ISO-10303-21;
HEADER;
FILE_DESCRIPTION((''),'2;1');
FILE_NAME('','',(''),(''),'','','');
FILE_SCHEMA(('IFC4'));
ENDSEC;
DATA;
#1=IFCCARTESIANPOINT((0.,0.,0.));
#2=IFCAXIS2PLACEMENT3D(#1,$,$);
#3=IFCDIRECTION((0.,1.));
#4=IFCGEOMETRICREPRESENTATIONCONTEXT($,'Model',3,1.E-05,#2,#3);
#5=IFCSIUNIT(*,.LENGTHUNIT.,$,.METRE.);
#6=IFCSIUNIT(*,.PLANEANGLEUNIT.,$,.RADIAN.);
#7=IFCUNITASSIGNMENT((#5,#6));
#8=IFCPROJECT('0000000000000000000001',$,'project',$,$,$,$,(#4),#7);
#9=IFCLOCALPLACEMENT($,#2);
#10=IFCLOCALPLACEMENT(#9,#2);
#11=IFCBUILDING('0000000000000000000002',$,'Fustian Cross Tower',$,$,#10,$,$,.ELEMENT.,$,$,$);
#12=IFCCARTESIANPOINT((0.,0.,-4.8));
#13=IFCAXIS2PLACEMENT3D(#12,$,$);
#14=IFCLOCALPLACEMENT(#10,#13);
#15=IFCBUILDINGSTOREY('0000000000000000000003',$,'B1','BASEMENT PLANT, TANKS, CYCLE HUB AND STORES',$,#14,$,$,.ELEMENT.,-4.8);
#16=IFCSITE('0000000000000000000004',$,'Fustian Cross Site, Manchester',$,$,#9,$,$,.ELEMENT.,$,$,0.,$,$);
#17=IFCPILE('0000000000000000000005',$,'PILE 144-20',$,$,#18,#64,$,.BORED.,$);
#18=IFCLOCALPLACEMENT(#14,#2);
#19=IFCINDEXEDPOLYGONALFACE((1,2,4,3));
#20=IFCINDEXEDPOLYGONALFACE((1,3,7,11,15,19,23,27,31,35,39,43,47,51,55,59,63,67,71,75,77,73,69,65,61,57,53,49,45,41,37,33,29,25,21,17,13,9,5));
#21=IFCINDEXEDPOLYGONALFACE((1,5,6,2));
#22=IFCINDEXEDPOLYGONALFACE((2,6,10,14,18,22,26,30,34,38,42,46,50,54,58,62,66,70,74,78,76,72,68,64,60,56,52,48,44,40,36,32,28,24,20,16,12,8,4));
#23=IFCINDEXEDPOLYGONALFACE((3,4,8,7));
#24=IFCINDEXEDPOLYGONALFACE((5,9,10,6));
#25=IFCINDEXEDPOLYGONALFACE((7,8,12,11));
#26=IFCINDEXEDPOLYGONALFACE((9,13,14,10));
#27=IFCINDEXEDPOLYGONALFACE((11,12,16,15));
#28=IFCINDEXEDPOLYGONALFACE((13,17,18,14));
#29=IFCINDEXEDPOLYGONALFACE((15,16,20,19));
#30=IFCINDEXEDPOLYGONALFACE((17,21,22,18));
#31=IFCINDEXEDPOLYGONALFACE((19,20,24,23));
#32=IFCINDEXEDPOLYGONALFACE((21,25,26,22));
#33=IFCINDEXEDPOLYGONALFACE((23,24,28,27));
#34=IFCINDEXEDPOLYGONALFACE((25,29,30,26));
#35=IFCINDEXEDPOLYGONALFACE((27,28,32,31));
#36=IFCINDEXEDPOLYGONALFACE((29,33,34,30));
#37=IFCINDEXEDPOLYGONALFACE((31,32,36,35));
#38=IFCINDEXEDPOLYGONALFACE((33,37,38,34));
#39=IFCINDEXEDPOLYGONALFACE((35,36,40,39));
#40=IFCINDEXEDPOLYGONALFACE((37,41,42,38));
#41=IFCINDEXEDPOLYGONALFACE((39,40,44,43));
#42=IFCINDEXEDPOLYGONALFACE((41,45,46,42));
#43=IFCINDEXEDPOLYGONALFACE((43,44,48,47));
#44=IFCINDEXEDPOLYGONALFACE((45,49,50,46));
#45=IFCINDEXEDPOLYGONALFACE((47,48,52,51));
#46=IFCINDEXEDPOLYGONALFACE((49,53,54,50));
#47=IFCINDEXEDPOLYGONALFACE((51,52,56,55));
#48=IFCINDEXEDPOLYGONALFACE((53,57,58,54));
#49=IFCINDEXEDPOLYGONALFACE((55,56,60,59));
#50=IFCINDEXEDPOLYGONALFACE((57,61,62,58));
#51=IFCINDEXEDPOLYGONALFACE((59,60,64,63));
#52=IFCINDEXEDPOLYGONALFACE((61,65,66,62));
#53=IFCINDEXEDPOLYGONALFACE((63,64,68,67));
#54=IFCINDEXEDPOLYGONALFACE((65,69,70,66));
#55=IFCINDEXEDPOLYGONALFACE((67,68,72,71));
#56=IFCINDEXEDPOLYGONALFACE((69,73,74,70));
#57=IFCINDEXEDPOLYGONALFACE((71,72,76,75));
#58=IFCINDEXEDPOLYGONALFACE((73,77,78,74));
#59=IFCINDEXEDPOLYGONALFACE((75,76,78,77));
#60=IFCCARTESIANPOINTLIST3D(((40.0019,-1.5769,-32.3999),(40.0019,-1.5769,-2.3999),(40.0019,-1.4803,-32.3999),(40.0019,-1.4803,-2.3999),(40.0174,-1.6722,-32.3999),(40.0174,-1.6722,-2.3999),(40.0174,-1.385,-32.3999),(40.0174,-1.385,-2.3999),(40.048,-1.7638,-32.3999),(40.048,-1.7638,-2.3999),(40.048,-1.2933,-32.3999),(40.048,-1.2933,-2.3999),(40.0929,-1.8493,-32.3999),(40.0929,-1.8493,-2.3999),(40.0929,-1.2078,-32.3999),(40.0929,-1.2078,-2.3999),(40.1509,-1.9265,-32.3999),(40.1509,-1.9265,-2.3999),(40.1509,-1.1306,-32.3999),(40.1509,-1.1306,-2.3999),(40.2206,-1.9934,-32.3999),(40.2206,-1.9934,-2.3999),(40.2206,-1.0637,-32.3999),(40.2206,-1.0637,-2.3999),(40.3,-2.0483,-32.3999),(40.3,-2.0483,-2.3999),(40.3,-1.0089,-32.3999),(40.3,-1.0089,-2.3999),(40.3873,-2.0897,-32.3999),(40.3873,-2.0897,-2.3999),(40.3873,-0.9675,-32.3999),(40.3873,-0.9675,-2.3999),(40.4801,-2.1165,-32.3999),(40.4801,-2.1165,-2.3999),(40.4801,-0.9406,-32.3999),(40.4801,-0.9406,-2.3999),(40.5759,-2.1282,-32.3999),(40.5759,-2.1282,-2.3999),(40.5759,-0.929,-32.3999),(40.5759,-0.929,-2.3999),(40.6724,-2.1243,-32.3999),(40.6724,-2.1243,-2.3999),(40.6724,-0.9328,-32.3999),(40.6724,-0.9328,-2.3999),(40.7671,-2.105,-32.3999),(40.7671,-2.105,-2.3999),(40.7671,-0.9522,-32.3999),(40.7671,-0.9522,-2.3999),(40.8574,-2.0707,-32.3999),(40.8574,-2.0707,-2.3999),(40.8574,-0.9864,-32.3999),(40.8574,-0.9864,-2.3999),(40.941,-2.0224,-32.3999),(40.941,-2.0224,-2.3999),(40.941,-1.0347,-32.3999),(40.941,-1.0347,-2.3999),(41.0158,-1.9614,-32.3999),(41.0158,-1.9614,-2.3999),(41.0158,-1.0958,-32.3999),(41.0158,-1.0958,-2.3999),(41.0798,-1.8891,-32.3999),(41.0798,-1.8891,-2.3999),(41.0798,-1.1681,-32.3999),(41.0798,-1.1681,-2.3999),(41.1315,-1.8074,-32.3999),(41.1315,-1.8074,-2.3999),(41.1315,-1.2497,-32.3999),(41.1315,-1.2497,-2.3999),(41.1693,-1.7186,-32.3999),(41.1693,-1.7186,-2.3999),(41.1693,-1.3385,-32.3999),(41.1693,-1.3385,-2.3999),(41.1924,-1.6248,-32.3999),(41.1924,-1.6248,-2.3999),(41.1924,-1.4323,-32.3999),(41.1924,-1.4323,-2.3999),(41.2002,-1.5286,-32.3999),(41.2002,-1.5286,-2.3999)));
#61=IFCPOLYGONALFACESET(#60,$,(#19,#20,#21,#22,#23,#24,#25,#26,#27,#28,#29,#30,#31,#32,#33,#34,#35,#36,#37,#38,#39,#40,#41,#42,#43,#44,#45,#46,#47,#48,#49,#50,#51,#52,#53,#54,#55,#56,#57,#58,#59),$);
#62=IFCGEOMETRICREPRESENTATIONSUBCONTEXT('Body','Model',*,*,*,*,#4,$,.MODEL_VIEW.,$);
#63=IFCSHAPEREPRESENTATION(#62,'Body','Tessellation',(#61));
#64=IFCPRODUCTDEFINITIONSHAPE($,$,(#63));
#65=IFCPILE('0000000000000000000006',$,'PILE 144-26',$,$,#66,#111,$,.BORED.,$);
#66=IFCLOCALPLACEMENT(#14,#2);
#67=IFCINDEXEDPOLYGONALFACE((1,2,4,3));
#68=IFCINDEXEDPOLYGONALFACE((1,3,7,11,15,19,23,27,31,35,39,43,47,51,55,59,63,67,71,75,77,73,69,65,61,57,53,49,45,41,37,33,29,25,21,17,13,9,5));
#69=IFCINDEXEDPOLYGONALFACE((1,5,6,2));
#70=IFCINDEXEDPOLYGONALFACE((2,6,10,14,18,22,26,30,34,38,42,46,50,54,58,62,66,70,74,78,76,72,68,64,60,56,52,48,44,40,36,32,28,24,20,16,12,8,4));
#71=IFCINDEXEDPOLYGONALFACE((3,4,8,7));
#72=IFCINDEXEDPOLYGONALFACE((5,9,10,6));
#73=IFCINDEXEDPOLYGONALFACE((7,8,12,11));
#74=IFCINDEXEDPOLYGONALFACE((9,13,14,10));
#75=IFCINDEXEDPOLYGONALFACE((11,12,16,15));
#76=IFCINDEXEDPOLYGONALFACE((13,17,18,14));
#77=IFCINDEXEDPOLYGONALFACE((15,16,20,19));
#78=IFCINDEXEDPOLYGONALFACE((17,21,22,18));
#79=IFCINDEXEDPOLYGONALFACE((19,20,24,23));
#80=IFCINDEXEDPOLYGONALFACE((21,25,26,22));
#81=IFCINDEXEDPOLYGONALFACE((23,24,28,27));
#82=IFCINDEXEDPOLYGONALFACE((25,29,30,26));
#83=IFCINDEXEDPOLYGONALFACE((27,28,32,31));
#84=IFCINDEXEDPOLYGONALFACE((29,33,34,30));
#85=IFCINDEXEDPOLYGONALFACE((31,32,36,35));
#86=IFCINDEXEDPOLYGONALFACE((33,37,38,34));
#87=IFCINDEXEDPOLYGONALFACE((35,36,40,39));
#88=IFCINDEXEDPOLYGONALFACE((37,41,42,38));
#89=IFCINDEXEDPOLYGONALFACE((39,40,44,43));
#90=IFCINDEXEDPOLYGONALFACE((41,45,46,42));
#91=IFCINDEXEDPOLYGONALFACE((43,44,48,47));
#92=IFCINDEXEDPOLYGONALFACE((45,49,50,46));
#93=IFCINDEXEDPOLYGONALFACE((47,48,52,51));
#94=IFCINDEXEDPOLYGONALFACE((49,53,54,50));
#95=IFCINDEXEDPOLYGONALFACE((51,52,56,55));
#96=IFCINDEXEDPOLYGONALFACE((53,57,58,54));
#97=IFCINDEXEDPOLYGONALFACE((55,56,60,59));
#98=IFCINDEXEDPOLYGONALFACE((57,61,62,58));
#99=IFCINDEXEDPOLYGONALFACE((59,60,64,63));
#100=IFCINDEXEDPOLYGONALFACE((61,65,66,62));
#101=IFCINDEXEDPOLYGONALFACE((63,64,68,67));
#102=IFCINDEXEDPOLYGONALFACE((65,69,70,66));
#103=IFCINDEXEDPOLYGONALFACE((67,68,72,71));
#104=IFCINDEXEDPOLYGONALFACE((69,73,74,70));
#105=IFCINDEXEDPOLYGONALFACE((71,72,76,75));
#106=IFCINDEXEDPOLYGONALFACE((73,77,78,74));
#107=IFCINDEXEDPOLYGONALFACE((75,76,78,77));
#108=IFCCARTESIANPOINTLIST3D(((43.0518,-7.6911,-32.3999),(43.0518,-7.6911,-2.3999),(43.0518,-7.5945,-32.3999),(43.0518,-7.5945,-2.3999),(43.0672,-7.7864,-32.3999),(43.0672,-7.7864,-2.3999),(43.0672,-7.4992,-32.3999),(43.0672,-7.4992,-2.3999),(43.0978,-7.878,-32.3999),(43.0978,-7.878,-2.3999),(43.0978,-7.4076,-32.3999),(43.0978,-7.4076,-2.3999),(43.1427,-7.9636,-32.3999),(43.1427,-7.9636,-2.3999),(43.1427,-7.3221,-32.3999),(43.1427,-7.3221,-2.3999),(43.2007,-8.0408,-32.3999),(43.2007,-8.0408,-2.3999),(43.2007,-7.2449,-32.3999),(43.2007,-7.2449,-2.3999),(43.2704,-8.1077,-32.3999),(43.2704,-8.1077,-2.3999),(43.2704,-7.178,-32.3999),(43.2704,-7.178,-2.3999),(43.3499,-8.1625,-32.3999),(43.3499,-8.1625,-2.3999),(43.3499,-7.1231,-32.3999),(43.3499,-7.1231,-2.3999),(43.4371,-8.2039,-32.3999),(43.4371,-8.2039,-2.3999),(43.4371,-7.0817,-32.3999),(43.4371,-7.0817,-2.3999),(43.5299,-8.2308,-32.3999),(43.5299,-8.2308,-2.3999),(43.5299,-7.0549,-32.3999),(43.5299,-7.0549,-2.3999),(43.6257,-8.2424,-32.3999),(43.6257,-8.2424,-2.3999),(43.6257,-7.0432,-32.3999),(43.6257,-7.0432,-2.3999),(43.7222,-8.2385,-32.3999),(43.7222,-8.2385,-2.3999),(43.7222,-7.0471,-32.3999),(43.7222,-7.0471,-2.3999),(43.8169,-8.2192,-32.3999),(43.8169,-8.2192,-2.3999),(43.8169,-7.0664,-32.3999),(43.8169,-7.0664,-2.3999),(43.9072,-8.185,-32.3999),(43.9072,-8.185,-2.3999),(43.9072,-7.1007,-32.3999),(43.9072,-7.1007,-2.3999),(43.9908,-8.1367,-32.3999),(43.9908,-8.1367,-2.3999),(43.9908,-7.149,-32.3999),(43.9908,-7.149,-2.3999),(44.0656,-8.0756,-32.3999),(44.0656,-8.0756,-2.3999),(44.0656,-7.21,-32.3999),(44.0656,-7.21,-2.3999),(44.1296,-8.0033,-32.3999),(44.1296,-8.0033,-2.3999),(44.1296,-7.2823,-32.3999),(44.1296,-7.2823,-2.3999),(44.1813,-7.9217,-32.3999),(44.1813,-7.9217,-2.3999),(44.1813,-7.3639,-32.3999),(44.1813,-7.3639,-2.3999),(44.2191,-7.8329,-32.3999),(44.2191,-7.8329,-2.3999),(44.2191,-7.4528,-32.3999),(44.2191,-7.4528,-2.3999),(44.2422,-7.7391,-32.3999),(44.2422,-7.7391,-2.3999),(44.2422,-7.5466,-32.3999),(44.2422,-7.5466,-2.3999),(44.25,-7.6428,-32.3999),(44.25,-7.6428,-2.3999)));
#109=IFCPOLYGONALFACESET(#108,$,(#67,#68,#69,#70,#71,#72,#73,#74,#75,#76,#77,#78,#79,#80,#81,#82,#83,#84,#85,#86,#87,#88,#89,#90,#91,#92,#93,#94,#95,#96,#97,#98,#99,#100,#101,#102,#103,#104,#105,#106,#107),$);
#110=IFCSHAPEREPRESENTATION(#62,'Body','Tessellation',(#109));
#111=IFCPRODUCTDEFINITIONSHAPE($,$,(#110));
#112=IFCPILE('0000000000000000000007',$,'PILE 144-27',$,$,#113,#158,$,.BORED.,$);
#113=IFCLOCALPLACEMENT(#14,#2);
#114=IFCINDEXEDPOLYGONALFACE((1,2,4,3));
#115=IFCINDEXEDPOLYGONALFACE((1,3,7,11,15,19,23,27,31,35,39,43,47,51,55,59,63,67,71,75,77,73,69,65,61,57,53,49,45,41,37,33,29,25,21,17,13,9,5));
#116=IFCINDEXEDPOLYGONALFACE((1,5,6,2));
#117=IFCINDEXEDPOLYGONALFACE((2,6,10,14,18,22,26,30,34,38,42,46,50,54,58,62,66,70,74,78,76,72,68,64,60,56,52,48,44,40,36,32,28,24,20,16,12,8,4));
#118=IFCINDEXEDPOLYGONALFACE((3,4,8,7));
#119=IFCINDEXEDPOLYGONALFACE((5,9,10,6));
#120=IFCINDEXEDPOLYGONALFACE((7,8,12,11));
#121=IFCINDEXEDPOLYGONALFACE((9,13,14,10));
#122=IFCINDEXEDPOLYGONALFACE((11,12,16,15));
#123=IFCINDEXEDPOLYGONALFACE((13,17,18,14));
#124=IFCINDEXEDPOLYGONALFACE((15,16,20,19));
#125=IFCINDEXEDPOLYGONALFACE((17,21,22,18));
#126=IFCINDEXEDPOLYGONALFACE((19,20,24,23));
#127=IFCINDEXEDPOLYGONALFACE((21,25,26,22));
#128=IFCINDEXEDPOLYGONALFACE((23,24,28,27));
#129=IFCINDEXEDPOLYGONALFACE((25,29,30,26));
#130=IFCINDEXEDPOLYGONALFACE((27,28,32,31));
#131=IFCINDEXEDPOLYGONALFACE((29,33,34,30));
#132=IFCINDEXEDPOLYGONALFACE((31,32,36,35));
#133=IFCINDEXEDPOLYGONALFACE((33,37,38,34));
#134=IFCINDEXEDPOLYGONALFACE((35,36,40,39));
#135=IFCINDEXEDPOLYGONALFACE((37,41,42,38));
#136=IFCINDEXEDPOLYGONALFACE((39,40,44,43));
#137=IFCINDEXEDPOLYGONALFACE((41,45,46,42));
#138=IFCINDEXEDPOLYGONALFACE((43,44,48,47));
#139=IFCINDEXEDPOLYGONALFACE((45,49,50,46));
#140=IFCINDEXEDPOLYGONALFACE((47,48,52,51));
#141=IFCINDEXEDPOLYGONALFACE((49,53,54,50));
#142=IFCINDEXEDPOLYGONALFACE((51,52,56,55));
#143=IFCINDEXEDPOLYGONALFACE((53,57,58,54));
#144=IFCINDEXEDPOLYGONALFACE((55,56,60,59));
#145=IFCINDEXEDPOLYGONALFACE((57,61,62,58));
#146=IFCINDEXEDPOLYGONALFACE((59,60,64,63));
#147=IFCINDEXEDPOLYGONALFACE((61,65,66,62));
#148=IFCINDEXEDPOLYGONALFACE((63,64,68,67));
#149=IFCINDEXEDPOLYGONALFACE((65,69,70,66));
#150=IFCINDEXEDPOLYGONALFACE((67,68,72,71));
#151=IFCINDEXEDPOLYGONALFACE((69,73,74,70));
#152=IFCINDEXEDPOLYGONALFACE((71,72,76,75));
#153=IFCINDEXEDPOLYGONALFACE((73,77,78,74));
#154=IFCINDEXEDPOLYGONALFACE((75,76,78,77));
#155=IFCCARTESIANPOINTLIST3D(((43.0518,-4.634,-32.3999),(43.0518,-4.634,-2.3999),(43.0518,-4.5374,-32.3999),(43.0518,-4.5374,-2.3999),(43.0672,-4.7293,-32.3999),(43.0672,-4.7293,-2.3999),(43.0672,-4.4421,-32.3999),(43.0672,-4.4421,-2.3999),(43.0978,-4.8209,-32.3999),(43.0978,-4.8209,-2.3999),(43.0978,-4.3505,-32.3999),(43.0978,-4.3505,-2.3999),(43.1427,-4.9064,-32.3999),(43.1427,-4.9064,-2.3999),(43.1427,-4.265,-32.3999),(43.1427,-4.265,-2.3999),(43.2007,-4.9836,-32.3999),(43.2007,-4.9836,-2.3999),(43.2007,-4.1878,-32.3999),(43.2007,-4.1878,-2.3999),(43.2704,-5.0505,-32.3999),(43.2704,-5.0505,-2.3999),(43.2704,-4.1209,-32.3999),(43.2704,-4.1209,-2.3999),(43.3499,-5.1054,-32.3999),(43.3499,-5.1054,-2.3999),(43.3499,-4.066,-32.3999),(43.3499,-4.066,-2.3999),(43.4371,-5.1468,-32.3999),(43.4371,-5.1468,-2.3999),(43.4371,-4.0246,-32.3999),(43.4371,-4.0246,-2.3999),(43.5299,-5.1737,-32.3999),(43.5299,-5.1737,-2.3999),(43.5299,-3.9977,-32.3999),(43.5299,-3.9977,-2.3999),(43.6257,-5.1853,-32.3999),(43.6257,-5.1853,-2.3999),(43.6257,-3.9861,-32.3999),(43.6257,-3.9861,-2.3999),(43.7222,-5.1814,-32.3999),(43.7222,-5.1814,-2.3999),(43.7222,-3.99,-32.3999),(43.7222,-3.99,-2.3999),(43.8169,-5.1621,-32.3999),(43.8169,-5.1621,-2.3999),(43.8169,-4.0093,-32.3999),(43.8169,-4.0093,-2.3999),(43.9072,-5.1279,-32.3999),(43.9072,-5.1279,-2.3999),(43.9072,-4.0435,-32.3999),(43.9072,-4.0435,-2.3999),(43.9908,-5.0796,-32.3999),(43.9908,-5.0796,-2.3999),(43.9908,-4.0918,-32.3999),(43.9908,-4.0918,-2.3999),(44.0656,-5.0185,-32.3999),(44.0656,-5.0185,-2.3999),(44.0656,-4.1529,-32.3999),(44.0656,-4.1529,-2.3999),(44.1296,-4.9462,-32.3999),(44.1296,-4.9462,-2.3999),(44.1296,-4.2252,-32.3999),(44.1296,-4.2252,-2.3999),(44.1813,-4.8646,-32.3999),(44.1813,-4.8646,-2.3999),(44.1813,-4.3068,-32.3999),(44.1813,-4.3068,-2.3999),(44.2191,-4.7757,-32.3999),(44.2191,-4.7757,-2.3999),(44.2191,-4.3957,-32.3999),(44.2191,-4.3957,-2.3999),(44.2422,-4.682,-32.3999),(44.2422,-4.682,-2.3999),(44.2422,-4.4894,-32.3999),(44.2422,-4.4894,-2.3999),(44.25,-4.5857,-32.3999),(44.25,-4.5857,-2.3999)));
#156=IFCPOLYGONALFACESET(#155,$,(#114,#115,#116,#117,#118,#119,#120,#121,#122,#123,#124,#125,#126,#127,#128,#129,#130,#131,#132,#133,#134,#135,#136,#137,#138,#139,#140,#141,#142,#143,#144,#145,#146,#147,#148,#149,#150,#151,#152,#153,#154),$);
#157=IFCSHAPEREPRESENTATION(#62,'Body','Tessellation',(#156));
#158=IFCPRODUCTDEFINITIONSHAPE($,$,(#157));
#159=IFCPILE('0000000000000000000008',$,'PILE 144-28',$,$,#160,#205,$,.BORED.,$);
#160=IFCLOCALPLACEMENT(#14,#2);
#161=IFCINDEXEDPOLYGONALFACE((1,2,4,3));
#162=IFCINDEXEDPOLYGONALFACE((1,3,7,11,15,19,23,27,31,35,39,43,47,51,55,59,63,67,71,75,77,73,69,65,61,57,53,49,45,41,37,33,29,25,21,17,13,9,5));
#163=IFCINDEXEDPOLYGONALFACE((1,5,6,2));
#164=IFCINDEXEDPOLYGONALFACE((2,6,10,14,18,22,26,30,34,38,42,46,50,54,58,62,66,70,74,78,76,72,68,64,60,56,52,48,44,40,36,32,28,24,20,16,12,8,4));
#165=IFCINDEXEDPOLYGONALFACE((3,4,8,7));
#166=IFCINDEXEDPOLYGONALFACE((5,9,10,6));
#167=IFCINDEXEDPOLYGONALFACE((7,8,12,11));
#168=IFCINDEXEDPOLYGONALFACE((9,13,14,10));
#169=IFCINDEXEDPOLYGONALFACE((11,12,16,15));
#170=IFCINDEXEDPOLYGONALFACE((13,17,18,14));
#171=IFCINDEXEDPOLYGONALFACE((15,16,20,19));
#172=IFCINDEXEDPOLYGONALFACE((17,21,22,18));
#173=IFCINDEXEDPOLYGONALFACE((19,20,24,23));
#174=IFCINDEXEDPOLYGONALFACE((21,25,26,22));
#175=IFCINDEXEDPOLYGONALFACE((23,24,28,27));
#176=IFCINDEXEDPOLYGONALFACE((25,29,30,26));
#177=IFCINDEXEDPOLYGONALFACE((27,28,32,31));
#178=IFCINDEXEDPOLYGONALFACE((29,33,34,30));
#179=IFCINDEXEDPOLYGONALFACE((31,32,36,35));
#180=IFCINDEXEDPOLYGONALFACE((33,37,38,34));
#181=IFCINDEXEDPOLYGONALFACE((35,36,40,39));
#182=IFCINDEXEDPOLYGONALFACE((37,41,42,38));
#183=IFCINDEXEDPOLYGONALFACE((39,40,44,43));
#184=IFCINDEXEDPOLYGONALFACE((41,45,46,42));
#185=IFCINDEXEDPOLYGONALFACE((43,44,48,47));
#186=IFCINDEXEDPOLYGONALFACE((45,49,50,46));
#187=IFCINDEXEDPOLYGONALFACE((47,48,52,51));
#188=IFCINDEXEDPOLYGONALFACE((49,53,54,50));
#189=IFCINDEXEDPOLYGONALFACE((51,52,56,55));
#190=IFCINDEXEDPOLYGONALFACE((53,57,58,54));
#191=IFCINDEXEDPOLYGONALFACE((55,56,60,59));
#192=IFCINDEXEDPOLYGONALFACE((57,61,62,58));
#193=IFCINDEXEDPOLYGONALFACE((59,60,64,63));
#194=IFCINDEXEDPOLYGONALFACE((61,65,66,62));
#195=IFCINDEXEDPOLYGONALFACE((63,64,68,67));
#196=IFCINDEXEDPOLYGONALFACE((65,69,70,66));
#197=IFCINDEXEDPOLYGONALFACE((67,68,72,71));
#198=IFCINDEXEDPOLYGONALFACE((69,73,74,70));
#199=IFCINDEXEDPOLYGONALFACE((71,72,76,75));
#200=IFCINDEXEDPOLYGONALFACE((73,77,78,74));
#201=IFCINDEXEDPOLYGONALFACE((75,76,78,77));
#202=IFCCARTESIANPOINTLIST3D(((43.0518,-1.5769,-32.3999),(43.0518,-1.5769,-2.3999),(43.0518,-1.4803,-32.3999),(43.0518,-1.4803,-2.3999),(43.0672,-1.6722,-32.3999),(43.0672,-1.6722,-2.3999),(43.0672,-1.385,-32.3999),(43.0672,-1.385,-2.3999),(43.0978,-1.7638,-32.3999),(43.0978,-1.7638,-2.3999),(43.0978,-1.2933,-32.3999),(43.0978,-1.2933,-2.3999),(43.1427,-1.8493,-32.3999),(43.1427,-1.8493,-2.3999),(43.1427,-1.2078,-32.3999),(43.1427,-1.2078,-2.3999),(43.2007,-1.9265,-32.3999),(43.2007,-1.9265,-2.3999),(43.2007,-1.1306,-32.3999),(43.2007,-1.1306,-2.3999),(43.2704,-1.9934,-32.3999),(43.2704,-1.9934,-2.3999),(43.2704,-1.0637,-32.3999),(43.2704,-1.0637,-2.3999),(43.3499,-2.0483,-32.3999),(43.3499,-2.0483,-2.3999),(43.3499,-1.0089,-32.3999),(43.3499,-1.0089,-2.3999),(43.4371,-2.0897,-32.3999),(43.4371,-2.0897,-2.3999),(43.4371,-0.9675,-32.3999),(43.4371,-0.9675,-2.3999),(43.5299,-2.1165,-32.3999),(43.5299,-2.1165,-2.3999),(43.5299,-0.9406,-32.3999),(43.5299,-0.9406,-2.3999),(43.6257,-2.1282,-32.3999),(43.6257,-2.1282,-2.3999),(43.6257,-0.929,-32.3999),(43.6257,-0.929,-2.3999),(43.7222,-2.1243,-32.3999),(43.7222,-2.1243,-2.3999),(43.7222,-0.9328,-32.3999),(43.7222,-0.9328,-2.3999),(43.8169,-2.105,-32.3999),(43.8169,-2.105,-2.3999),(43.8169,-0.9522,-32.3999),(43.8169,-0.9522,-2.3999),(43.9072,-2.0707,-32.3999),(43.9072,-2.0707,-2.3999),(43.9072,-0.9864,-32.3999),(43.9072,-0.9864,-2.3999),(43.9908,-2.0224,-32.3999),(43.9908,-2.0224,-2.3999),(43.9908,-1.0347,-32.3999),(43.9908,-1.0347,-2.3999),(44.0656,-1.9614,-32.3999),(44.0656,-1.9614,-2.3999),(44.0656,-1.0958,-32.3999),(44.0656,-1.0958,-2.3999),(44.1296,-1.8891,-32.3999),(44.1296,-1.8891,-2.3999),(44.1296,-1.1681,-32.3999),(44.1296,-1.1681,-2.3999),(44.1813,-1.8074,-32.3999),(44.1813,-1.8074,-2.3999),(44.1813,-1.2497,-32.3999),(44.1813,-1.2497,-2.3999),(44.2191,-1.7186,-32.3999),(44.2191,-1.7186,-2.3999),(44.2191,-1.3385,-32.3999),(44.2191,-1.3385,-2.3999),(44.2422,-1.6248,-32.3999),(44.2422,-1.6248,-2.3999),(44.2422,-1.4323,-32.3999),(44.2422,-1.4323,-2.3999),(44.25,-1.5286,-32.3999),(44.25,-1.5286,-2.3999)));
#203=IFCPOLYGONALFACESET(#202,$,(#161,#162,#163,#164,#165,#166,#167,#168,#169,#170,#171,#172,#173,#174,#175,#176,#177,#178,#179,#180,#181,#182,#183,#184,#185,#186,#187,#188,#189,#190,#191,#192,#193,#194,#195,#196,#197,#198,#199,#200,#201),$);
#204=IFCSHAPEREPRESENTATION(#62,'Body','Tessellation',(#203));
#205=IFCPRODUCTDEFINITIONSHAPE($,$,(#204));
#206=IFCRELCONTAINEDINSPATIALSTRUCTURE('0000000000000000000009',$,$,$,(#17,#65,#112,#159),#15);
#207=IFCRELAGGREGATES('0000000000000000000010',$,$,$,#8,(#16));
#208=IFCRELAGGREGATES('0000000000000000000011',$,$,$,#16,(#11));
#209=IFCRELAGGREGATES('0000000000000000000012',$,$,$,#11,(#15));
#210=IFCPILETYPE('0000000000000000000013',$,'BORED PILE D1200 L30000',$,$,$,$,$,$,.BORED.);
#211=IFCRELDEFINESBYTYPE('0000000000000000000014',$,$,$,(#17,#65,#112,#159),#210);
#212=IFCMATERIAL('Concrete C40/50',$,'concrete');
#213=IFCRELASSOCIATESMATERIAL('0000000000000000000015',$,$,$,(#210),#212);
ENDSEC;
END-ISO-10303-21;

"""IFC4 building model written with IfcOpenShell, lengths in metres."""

from ifc_helpers import new_model, si_unit, direction, frame, origin, origin_2d, place, context, subcontext, project, spatial, circle, extrude, material, material_profile, profile_set, type_object, element, save


model = new_model("IFC4")

# Units and contexts
model_context = context("Model", 3, precision=1e-05, world=origin(), true_north=direction((0.0, 1.0)))
body_context = subcontext(model_context, "Body", "Model", "MODEL_VIEW")
ifc_project = project(units=[si_unit("LENGTHUNIT", "METRE"), si_unit("PLANEANGLEUNIT", "RADIAN")], contexts=[model_context])

# Site, building, storey
site_placement = place(None, origin())
site = spatial("IfcSite", under=ifc_project, at=site_placement, Name="Fustian Cross Site, Manchester", CompositionType="ELEMENT", RefElevation=0.0)
building_placement = place(site_placement, origin())
building = spatial("IfcBuilding", under=site, at=building_placement, Name="Fustian Cross Tower", CompositionType="ELEMENT")
storey_placement = place(building_placement, frame((0.0, 0.0, -4.8)))
storey = spatial("IfcBuildingStorey", under=building, at=storey_placement, Name="B1", Description="BASEMENT PLANT, TANKS, CYCLE HUB AND STORES", CompositionType="ELEMENT", Elevation=-4.8)

# Piles
ifc_material_1 = material(Name="Concrete C40/50", Category="concrete")
ifc_material_profile_1 = material_profile(ifc_material_1, circle(Radius=0.6001, at=origin_2d()), Name="BORED PILE D1200 L30000")
ifc_profile_set_1 = profile_set([ifc_material_profile_1], Name="Concrete C40/50")
pile_type_1 = type_object("IfcPileType", Name="BORED PILE D1200 L30000", PredefinedType="BORED", material=ifc_profile_set_1)
for number, where, z_axis, x_axis, name in (
    (1, (40.6001, -1.5286, -2.3999), (0.0, 0.0, -1.0), (1.0, 0.0, 0.0), "PILE 144-20"),
    (2, (43.6499, -7.6428, -2.3999), (0.0, 0.0, -1.0), (1.0, 0.0, 0.0), "PILE 144-26"),
    (3, (43.6499, -4.5857, -2.3999), (0.0, 0.0, -1.0), (1.0, 0.0, 0.0), "PILE 144-27"),
    (4, (43.6499, -1.5286, -2.3999), (0.0, 0.0, -1.0), (1.0, 0.0, 0.0), "PILE 144-28"),
):
    element("IfcPile", number, at=place(storey_placement, frame(where, z_axis=z_axis, x_axis=x_axis)), inside=storey, type_object=pile_type_1, Name=name, PredefinedType="BORED", context=body_context, shape_type="SweptSolid", body=[
        extrude(circle(Radius=0.6001, at=origin_2d()), origin(), (0.0, 0.0, 1.0), 30.0),
    ])

save(model, "model.ifc")
